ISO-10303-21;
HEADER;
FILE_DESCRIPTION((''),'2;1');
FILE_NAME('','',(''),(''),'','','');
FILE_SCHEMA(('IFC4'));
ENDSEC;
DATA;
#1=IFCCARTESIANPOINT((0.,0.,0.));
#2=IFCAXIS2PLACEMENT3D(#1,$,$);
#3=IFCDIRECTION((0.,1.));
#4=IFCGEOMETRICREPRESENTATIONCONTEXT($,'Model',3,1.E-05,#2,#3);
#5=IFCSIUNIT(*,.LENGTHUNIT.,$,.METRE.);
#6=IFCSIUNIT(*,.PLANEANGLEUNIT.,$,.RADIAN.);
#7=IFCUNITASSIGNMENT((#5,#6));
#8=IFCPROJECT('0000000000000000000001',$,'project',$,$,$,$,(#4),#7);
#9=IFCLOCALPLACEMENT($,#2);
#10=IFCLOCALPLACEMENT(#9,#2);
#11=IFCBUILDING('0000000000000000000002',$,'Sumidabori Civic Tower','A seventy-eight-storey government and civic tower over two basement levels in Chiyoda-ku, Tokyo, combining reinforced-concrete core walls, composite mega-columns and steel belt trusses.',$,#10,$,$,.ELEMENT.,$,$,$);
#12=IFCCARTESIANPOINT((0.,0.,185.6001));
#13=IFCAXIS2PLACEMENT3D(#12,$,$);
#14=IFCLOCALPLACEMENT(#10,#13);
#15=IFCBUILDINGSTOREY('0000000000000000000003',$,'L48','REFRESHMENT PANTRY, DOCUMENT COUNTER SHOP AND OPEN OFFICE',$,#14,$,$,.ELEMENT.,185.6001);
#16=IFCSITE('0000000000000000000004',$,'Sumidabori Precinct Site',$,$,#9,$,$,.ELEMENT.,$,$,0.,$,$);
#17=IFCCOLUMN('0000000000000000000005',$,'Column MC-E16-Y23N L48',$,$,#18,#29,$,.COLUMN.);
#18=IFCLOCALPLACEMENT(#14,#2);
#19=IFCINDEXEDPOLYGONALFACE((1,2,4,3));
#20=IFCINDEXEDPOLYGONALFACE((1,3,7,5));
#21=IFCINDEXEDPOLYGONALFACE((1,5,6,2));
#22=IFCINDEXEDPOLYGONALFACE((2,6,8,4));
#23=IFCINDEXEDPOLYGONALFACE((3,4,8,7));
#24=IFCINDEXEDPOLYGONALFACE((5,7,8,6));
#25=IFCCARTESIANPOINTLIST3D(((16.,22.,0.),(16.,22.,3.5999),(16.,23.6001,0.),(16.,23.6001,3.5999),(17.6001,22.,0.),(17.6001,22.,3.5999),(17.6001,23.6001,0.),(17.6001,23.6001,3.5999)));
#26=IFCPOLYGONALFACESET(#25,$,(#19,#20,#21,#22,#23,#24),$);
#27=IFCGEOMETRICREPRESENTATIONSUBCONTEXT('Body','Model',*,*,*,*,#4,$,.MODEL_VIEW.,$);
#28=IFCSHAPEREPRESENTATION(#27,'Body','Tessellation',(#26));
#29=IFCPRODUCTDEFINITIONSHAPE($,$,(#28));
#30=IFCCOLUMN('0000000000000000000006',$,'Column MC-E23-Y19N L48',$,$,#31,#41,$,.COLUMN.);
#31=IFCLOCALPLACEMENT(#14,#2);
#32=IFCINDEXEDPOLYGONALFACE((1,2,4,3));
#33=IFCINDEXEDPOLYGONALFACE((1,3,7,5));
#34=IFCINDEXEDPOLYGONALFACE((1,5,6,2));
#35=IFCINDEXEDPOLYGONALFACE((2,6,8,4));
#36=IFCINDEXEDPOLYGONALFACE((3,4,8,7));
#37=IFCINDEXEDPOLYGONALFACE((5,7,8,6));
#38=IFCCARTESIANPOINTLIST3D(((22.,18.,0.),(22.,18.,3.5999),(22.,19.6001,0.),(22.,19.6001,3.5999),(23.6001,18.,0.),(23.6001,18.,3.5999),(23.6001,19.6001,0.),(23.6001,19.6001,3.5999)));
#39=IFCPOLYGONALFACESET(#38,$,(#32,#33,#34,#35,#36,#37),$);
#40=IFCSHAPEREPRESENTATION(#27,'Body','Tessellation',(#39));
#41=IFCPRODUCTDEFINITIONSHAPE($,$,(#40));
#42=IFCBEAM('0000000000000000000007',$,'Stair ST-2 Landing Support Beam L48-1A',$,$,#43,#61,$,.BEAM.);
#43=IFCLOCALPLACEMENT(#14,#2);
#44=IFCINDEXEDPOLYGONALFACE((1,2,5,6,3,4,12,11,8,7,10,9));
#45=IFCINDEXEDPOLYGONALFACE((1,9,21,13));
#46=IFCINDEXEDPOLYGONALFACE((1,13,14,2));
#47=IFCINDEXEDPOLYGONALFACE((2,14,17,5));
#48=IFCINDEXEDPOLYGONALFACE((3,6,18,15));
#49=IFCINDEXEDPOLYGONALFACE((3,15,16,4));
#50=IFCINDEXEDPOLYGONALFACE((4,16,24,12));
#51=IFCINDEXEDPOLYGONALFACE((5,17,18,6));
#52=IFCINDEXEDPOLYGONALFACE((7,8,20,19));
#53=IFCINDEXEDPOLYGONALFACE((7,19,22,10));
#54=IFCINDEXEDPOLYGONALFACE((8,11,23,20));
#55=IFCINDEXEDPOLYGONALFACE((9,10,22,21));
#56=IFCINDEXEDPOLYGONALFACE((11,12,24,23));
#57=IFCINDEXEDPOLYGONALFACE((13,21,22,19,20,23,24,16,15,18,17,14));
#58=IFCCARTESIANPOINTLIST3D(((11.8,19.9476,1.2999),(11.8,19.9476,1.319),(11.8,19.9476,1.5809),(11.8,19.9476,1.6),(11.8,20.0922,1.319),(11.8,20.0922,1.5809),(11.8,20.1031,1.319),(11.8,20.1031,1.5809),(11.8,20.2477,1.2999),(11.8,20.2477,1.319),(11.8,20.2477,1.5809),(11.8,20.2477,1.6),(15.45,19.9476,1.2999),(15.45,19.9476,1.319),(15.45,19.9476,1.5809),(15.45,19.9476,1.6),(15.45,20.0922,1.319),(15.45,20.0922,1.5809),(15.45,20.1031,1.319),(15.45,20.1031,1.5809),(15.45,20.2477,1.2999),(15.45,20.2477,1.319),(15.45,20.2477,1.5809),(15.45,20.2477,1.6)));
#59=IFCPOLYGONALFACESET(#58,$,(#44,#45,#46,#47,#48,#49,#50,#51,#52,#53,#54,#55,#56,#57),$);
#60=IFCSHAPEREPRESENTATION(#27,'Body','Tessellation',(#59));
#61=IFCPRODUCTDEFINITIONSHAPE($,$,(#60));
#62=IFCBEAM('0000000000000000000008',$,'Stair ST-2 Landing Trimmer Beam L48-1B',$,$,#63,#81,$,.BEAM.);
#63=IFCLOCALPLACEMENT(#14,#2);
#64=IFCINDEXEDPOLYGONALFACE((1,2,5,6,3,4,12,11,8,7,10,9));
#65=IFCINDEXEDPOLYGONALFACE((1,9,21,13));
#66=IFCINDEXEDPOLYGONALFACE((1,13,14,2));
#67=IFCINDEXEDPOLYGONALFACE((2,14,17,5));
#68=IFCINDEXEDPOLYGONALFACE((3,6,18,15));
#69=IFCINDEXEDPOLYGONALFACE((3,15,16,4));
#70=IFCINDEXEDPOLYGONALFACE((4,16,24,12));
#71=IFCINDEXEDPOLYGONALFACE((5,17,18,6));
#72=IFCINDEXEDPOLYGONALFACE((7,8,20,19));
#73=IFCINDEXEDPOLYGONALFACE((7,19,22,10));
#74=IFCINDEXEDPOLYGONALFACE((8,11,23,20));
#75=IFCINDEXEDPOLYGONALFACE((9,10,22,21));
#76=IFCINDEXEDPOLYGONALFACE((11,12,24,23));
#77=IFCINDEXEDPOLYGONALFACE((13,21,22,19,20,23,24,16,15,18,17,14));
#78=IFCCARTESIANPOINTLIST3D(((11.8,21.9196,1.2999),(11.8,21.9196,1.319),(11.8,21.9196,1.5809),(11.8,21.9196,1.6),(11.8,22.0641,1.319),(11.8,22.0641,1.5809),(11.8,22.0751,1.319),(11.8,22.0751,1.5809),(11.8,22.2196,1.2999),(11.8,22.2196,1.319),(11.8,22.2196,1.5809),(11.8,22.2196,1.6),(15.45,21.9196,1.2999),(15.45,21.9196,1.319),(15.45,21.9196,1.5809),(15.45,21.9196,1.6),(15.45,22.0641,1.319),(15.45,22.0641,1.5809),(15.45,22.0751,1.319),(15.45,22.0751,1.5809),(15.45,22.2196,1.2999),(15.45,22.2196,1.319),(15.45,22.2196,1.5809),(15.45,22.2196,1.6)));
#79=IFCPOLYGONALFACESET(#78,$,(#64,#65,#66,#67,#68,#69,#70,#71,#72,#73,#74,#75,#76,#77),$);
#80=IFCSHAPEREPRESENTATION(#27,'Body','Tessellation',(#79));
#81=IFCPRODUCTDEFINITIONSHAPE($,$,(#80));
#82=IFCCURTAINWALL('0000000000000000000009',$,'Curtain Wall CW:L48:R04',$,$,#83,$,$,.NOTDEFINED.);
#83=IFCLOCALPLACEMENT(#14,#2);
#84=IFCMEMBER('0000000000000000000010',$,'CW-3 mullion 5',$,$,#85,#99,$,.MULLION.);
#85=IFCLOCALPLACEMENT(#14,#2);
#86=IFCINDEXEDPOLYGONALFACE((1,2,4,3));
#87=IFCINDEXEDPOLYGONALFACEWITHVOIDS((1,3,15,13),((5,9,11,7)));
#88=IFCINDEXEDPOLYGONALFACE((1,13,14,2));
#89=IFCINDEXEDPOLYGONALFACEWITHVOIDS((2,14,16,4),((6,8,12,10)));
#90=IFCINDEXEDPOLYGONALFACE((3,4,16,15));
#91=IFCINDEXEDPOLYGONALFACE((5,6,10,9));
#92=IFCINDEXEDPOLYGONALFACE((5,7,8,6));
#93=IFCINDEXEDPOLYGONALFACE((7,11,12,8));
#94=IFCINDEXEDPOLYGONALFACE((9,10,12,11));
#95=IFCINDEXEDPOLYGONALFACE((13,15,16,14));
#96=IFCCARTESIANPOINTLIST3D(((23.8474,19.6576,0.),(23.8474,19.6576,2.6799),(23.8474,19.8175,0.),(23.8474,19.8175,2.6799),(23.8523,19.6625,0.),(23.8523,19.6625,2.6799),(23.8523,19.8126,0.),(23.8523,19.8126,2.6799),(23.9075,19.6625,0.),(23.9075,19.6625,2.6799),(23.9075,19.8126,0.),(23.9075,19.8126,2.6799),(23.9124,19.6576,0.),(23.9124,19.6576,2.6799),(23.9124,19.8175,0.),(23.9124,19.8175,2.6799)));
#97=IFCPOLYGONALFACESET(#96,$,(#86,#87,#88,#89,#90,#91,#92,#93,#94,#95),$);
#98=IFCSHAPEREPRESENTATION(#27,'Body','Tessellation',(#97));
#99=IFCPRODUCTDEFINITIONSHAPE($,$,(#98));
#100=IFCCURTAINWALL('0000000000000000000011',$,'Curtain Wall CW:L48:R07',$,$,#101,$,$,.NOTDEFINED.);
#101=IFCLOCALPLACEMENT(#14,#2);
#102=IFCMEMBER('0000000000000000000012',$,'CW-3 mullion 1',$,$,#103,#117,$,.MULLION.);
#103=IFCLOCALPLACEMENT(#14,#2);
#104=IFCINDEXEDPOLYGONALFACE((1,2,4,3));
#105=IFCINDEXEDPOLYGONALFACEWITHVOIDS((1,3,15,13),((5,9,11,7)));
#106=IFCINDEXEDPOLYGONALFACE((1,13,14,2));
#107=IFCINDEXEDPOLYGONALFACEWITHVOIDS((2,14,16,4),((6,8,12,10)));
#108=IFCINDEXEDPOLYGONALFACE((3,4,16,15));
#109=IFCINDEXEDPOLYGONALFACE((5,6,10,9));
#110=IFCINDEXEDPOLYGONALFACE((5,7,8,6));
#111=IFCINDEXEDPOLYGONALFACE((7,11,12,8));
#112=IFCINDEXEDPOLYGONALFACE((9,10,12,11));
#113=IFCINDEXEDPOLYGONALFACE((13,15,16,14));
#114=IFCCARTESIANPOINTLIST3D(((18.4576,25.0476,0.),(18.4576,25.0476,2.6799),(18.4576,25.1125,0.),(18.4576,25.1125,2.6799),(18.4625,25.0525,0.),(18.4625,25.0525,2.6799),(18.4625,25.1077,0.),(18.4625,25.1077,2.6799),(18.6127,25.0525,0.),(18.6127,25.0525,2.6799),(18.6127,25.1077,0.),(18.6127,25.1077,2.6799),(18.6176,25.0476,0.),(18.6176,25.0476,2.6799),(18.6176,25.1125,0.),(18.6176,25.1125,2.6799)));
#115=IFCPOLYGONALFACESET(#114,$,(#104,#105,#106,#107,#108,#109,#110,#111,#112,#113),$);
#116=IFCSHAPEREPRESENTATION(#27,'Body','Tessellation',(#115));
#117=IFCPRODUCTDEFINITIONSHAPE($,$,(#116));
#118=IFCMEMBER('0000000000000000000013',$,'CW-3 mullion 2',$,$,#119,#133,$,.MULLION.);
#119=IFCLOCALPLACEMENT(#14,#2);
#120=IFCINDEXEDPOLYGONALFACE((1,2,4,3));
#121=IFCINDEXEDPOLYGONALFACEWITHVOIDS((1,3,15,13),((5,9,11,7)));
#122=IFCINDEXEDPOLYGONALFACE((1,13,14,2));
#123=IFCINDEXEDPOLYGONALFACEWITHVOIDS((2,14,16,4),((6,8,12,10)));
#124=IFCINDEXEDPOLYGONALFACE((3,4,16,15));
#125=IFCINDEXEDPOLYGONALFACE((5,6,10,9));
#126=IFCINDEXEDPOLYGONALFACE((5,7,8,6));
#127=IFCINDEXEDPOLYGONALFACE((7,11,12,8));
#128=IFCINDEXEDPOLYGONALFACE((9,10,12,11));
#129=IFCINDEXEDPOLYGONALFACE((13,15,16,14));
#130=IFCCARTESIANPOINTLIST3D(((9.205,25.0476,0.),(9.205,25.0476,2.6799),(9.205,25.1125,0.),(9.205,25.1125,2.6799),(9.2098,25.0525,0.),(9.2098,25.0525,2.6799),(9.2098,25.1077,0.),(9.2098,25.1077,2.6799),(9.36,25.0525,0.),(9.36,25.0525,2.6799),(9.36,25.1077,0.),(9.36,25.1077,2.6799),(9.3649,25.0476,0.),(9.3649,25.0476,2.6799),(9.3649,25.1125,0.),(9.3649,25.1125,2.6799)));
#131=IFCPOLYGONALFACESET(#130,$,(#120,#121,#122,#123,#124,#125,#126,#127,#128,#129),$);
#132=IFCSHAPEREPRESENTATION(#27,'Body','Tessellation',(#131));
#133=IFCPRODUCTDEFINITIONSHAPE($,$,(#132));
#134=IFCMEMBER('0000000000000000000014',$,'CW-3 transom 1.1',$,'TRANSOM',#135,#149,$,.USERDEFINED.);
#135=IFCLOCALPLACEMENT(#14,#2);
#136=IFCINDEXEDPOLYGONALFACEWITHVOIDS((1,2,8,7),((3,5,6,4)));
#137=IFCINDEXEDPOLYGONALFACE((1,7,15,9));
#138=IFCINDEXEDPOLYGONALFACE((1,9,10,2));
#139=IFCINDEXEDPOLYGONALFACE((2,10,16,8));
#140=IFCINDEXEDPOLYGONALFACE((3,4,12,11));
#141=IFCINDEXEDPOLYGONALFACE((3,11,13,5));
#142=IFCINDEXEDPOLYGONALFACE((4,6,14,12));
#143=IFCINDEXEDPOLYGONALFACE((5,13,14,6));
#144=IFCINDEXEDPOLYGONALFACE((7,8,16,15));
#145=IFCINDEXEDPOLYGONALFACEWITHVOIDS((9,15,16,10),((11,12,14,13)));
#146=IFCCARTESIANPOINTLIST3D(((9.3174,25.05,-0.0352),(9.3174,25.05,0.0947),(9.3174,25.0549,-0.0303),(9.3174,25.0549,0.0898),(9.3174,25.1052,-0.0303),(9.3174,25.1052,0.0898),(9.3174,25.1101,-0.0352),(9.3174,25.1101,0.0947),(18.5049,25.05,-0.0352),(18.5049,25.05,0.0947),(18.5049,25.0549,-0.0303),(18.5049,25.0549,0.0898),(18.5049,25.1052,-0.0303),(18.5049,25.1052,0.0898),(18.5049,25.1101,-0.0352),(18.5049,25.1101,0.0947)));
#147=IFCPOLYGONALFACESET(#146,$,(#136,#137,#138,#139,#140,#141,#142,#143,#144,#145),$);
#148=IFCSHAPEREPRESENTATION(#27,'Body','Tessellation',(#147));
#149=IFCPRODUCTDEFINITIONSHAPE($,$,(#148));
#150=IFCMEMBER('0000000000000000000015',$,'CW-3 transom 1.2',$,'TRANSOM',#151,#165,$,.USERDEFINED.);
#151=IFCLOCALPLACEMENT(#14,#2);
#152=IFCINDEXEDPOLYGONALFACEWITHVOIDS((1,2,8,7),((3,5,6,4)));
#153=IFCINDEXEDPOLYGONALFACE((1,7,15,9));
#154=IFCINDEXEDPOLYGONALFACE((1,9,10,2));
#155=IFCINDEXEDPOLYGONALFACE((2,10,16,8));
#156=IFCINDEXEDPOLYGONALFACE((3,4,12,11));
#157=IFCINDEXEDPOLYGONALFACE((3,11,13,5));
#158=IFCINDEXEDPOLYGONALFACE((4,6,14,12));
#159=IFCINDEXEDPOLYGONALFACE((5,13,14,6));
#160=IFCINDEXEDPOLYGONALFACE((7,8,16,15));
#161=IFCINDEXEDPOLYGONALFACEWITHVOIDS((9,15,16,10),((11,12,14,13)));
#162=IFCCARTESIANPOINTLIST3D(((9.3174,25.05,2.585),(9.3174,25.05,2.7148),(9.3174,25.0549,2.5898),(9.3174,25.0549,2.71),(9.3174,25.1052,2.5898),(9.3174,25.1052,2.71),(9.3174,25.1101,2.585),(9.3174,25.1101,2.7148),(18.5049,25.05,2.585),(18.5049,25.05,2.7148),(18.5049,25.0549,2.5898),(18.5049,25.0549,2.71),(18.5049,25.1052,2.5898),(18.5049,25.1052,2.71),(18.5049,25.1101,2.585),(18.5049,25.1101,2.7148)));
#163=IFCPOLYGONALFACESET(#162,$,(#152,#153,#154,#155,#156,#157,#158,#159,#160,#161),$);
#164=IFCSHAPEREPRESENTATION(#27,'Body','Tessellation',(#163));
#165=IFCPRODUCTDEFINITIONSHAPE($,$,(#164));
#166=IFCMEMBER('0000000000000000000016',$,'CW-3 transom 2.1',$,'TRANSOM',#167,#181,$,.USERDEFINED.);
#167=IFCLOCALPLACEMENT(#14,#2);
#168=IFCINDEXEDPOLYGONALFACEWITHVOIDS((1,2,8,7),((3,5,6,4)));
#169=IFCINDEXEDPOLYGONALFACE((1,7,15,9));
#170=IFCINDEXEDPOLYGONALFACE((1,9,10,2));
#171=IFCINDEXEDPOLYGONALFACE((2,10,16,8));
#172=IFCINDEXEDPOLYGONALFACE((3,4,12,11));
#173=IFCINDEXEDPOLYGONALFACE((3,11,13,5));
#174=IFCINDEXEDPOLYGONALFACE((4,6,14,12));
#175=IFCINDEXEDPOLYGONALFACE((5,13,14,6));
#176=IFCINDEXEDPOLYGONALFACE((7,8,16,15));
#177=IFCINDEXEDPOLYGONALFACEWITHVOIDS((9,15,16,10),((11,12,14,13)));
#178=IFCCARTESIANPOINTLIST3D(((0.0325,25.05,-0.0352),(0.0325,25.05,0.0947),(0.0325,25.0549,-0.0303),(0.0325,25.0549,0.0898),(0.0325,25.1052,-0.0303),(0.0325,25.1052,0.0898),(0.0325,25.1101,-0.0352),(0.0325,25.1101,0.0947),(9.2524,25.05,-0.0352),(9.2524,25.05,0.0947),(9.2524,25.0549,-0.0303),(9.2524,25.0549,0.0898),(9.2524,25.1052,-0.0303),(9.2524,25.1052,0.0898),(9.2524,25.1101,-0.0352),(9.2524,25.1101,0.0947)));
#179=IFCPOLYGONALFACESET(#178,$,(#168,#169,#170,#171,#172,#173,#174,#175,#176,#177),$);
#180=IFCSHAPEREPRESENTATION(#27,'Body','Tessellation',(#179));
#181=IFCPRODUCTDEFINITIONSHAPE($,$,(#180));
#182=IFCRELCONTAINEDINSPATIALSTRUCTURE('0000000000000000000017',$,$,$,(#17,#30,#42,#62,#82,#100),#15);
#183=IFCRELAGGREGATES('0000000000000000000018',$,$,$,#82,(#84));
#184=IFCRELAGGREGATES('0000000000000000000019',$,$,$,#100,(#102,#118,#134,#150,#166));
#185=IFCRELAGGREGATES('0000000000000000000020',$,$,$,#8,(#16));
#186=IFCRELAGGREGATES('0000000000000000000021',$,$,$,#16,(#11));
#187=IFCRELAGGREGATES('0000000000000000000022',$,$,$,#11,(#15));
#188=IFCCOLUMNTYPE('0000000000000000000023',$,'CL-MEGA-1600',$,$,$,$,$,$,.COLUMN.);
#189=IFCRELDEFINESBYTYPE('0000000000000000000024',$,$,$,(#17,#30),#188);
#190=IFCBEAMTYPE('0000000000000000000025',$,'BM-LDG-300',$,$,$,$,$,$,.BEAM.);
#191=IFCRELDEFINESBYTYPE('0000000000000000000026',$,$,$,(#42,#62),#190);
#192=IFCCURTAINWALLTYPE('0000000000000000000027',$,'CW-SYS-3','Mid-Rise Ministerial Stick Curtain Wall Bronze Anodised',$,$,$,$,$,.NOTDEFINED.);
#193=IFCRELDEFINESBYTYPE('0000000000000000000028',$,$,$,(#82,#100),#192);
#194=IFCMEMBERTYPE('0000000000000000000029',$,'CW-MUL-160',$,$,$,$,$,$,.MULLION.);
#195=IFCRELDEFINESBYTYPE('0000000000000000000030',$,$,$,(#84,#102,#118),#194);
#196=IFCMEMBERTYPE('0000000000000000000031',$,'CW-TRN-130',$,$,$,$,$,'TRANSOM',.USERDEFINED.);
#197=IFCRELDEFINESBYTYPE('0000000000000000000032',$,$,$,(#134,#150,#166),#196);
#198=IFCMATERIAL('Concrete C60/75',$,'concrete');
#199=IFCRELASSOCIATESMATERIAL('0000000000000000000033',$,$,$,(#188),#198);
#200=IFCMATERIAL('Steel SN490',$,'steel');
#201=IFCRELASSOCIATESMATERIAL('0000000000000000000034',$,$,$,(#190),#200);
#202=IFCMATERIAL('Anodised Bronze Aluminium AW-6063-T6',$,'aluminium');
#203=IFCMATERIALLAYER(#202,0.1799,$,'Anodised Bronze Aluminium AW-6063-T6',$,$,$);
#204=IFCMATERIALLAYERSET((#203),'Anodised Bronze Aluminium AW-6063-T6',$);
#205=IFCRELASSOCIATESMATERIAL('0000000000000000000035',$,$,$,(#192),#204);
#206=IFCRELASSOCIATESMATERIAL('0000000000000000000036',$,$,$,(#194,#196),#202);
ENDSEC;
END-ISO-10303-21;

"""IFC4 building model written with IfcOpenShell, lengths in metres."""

from ifc_helpers import new_model, si_unit, direction, frame, origin, origin_2d, place, context, subcontext, project, spatial, rectangle, hollow_rectangle, i_section, extrude, source, transform, mapped, material, layer, layer_set, material_profile, profile_set, type_object, element, aggregate, save


model = new_model("IFC4")

# Units and contexts
model_context = context("Model", 3, precision=1e-05, world=origin(), true_north=direction((0.0, 1.0)))
body_context = subcontext(model_context, "Body", "Model", "MODEL_VIEW")
ifc_project = project(units=[si_unit("LENGTHUNIT", "METRE"), si_unit("PLANEANGLEUNIT", "RADIAN")], contexts=[model_context])

# Site, building, storey
site_placement = place(None, origin())
site = spatial("IfcSite", under=ifc_project, at=site_placement, Name="Sumidabori Precinct Site", CompositionType="ELEMENT", RefElevation=0.0)
building_placement = place(site_placement, origin())
building = spatial("IfcBuilding", under=site, at=building_placement, Name="Sumidabori Civic Tower", Description="A seventy-eight-storey government and civic tower over two basement levels in Chiyoda-ku, Tokyo, combining reinforced-concrete core walls, composite mega-columns and steel belt trusses.", CompositionType="ELEMENT")
storey_placement = place(building_placement, frame((0.0, 0.0, 185.6001)))
storey = spatial("IfcBuildingStorey", under=building, at=storey_placement, Name="L48", Description="REFRESHMENT PANTRY, DOCUMENT COUNTER SHOP AND OPEN OFFICE", CompositionType="ELEMENT", Elevation=185.6001)

# Columns
ifc_material_1 = material(Name="Concrete C60/75", Category="concrete")
ifc_material_profile_1 = material_profile(ifc_material_1, rectangle(XDim=1.6001, YDim=1.6001, at=origin_2d()), Name="RC 1600x1600")
ifc_profile_set_1 = profile_set([ifc_material_profile_1], Name="Concrete C60/75")
column_type = type_object("IfcColumnType", Name="CL-MEGA-1600", PredefinedType="COLUMN", material=ifc_profile_set_1)
shared_shape_1 = source(origin(), body_context, "Body", "SweptSolid", [
    extrude(rectangle(XDim=1.6001, YDim=1.6001, at=origin_2d()), origin(), (0.0, 0.0, 1.0), 3.5999),
])
for number, where, z_axis, x_axis, name in (
    (1, (16.8, 22.8, 0.0), (0.0, 0.0, 1.0), (1.0, 0.0, 0.0), "Column MC-E16-Y23N L48"),
    (2, (22.8, 18.8, 0.0), (0.0, 0.0, 1.0), (1.0, 0.0, 0.0), "Column MC-E23-Y19N L48"),
):
    element("IfcColumn", number, at=place(storey_placement, frame(where, z_axis=z_axis, x_axis=x_axis)), inside=storey, type_object=column_type, Name=name, PredefinedType="COLUMN", context=body_context, shape_type="MappedRepresentation", body=[
        mapped(shared_shape_1, transform((0.0, 0.0, 0.0), x_axis=(1.0, 0.0, 0.0), y_axis=(0.0, 1.0, 0.0), z_axis=(0.0, 0.0, 1.0), scale=1.0)),
    ])

# Beams
ifc_material_2 = material(Name="Steel SN490", Category="steel")
ifc_material_profile_2 = material_profile(ifc_material_2, i_section(OverallWidth=0.3, OverallDepth=0.3, WebThickness=0.011, FlangeThickness=0.019, at=origin_2d()), Name="HE 300 B")
ifc_profile_set_2 = profile_set([ifc_material_profile_2], Name="Steel SN490")
beam_type = type_object("IfcBeamType", Name="BM-LDG-300", PredefinedType="BEAM", material=ifc_profile_set_2)
shared_shape_2 = source(origin(), body_context, "Body", "SweptSolid", [
    extrude(i_section(OverallWidth=0.3, OverallDepth=0.3, WebThickness=0.011, FlangeThickness=0.019, at=origin_2d()), origin(), (0.0, 0.0, 1.0), 3.6499),
])
for number, where, z_axis, x_axis, name in (
    (3, (11.8, 20.0977, 1.45), (1.0, 0.0, 0.0), (0.0, 1.0, 0.0), "Stair ST-2 Landing Support Beam L48-1A"),
    (4, (11.8, 22.0696, 1.45), (1.0, 0.0, 0.0), (0.0, 1.0, 0.0), "Stair ST-2 Landing Trimmer Beam L48-1B"),
):
    element("IfcBeam", number, at=place(storey_placement, frame(where, z_axis=z_axis, x_axis=x_axis)), inside=storey, type_object=beam_type, Name=name, PredefinedType="BEAM", context=body_context, shape_type="MappedRepresentation", body=[
        mapped(shared_shape_2, transform((0.0, 0.0, 0.0), x_axis=(1.0, 0.0, 0.0), y_axis=(0.0, 1.0, 0.0), z_axis=(0.0, 0.0, 1.0), scale=1.0)),
    ])

# Curtain wall, member
ifc_material_3 = material(Name="Anodised Bronze Aluminium AW-6063-T6", Category="aluminium")
ifc_layer_1 = layer(ifc_material_3, 0.1799, Name="Anodised Bronze Aluminium AW-6063-T6")
ifc_layer_set_1 = layer_set([ifc_layer_1], Name="Anodised Bronze Aluminium AW-6063-T6")
curtain_wall_type = type_object("IfcCurtainWallType", Name="CW-SYS-3", Description="Mid-Rise Ministerial Stick Curtain Wall Bronze Anodised", PredefinedType="NOTDEFINED", material=ifc_layer_set_1)
curtain_wall_1_placement = place(storey_placement, origin())
curtain_wall_1 = element("IfcCurtainWall", 5, at=curtain_wall_1_placement, inside=storey, type_object=curtain_wall_type, Name="Curtain Wall CW:L48:R04", PredefinedType="NOTDEFINED")
ifc_material_profile_3 = material_profile(ifc_material_3, hollow_rectangle(XDim=0.0649, YDim=0.1599, WallThickness=0.0049, at=origin_2d()), Name="ALU MULLION 160x65")
ifc_profile_set_3 = profile_set([ifc_material_profile_3], Name="Anodised Bronze Aluminium AW-6063-T6")
member_type_1 = type_object("IfcMemberType", Name="CW-MUL-160", PredefinedType="MULLION", material=ifc_profile_set_3)
shared_shape_3 = source(origin(), body_context, "Body", "SweptSolid", [
    extrude(hollow_rectangle(XDim=0.0649, YDim=0.1599, WallThickness=0.0049, at=origin_2d()), origin(), (0.0, 0.0, 1.0), 2.6799),
])
member_1_placement = place(storey_placement, frame((23.8799, 19.7375, 0.0), z_axis=(0.0, 0.0, 1.0), x_axis=(-1.0, 0.0, 0.0)))
member_1 = element("IfcMember", 6, at=member_1_placement, type_object=member_type_1, Name="CW-3 mullion 5", PredefinedType="MULLION", context=body_context, shape_type="MappedRepresentation", body=[
    mapped(shared_shape_3, transform((0.0, 0.0, 0.0), x_axis=(1.0, 0.0, 0.0), y_axis=(0.0, 1.0, 0.0), z_axis=(0.0, 0.0, 1.0), scale=1.0)),
])

# Curtain wall, members
curtain_wall_2_placement = place(storey_placement, origin())
curtain_wall_2 = element("IfcCurtainWall", 7, at=curtain_wall_2_placement, inside=storey, type_object=curtain_wall_type, Name="Curtain Wall CW:L48:R07", PredefinedType="NOTDEFINED")
member_2_placement = place(storey_placement, frame((18.5376, 25.0801, 0.0), z_axis=(0.0, 0.0, 1.0), x_axis=(0.0, -1.0, 0.0)))
member_2 = element("IfcMember", 8, at=member_2_placement, type_object=member_type_1, Name="CW-3 mullion 1", PredefinedType="MULLION", context=body_context, shape_type="MappedRepresentation", body=[
    mapped(shared_shape_3, transform((0.0, 0.0, 0.0), x_axis=(1.0, 0.0, 0.0), y_axis=(0.0, 1.0, 0.0), z_axis=(0.0, 0.0, 1.0), scale=1.0)),
])
member_3_placement = place(storey_placement, frame((9.2849, 25.0801, 0.0), z_axis=(0.0, 0.0, 1.0), x_axis=(0.0, -1.0, 0.0)))
member_3 = element("IfcMember", 9, at=member_3_placement, type_object=member_type_1, Name="CW-3 mullion 2", PredefinedType="MULLION", context=body_context, shape_type="MappedRepresentation", body=[
    mapped(shared_shape_3, transform((0.0, 0.0, 0.0), x_axis=(1.0, 0.0, 0.0), y_axis=(0.0, 1.0, 0.0), z_axis=(0.0, 0.0, 1.0), scale=1.0)),
])
ifc_material_profile_4 = material_profile(ifc_material_3, hollow_rectangle(XDim=0.0601, YDim=0.1299, WallThickness=0.0049, at=origin_2d()), Name="ALU TRANSOM 130x60")
ifc_profile_set_4 = profile_set([ifc_material_profile_4], Name="Anodised Bronze Aluminium AW-6063-T6")
member_type_2 = type_object("IfcMemberType", Name="CW-TRN-130", ElementType="TRANSOM", PredefinedType="USERDEFINED", material=ifc_profile_set_4)
shared_shape_4 = source(origin(), body_context, "Body", "SweptSolid", [
    extrude(hollow_rectangle(XDim=0.0601, YDim=0.1299, WallThickness=0.0049, at=origin_2d()), origin(), (0.0, 0.0, 1.0), 9.1875),
])
member_4_placement = place(storey_placement, frame((18.5049, 25.0801, 0.0298), z_axis=(-1.0, 0.0, 0.0), x_axis=(0.0, -1.0, 0.0)))
member_4 = element("IfcMember", 10, at=member_4_placement, type_object=member_type_2, Name="CW-3 transom 1.1", ObjectType="TRANSOM", PredefinedType="USERDEFINED", context=body_context, shape_type="MappedRepresentation", body=[
    mapped(shared_shape_4, transform((0.0, 0.0, 0.0), x_axis=(1.0, 0.0, 0.0), y_axis=(0.0, 1.0, 0.0), z_axis=(0.0, 0.0, 1.0), scale=1.0)),
])
member_5_placement = place(storey_placement, frame((18.5049, 25.0801, 2.6499), z_axis=(-1.0, 0.0, 0.0), x_axis=(0.0, -1.0, 0.0)))
member_5 = element("IfcMember", 11, at=member_5_placement, type_object=member_type_2, Name="CW-3 transom 1.2", ObjectType="TRANSOM", PredefinedType="USERDEFINED", context=body_context, shape_type="MappedRepresentation", body=[
    mapped(shared_shape_4, transform((0.0, 0.0, 0.0), x_axis=(1.0, 0.0, 0.0), y_axis=(0.0, 1.0, 0.0), z_axis=(0.0, 0.0, 1.0), scale=1.0)),
])
shared_shape_5 = source(origin(), body_context, "Body", "SweptSolid", [
    extrude(hollow_rectangle(XDim=0.0601, YDim=0.1299, WallThickness=0.0049, at=origin_2d()), origin(), (0.0, 0.0, 1.0), 9.22),
])
member_6_placement = place(storey_placement, frame((9.2524, 25.0801, 0.0298), z_axis=(-1.0, 0.0, 0.0), x_axis=(0.0, -1.0, 0.0)))
member_6 = element("IfcMember", 12, at=member_6_placement, type_object=member_type_2, Name="CW-3 transom 2.1", ObjectType="TRANSOM", PredefinedType="USERDEFINED", context=body_context, shape_type="MappedRepresentation", body=[
    mapped(shared_shape_5, transform((0.0, 0.0, 0.0), x_axis=(1.0, 0.0, 0.0), y_axis=(0.0, 1.0, 0.0), z_axis=(0.0, 0.0, 1.0), scale=1.0)),
])

aggregate(curtain_wall_1, [member_1])
aggregate(curtain_wall_2, [member_2, member_3, member_4, member_5, member_6])

save(model, "model.ifc")
